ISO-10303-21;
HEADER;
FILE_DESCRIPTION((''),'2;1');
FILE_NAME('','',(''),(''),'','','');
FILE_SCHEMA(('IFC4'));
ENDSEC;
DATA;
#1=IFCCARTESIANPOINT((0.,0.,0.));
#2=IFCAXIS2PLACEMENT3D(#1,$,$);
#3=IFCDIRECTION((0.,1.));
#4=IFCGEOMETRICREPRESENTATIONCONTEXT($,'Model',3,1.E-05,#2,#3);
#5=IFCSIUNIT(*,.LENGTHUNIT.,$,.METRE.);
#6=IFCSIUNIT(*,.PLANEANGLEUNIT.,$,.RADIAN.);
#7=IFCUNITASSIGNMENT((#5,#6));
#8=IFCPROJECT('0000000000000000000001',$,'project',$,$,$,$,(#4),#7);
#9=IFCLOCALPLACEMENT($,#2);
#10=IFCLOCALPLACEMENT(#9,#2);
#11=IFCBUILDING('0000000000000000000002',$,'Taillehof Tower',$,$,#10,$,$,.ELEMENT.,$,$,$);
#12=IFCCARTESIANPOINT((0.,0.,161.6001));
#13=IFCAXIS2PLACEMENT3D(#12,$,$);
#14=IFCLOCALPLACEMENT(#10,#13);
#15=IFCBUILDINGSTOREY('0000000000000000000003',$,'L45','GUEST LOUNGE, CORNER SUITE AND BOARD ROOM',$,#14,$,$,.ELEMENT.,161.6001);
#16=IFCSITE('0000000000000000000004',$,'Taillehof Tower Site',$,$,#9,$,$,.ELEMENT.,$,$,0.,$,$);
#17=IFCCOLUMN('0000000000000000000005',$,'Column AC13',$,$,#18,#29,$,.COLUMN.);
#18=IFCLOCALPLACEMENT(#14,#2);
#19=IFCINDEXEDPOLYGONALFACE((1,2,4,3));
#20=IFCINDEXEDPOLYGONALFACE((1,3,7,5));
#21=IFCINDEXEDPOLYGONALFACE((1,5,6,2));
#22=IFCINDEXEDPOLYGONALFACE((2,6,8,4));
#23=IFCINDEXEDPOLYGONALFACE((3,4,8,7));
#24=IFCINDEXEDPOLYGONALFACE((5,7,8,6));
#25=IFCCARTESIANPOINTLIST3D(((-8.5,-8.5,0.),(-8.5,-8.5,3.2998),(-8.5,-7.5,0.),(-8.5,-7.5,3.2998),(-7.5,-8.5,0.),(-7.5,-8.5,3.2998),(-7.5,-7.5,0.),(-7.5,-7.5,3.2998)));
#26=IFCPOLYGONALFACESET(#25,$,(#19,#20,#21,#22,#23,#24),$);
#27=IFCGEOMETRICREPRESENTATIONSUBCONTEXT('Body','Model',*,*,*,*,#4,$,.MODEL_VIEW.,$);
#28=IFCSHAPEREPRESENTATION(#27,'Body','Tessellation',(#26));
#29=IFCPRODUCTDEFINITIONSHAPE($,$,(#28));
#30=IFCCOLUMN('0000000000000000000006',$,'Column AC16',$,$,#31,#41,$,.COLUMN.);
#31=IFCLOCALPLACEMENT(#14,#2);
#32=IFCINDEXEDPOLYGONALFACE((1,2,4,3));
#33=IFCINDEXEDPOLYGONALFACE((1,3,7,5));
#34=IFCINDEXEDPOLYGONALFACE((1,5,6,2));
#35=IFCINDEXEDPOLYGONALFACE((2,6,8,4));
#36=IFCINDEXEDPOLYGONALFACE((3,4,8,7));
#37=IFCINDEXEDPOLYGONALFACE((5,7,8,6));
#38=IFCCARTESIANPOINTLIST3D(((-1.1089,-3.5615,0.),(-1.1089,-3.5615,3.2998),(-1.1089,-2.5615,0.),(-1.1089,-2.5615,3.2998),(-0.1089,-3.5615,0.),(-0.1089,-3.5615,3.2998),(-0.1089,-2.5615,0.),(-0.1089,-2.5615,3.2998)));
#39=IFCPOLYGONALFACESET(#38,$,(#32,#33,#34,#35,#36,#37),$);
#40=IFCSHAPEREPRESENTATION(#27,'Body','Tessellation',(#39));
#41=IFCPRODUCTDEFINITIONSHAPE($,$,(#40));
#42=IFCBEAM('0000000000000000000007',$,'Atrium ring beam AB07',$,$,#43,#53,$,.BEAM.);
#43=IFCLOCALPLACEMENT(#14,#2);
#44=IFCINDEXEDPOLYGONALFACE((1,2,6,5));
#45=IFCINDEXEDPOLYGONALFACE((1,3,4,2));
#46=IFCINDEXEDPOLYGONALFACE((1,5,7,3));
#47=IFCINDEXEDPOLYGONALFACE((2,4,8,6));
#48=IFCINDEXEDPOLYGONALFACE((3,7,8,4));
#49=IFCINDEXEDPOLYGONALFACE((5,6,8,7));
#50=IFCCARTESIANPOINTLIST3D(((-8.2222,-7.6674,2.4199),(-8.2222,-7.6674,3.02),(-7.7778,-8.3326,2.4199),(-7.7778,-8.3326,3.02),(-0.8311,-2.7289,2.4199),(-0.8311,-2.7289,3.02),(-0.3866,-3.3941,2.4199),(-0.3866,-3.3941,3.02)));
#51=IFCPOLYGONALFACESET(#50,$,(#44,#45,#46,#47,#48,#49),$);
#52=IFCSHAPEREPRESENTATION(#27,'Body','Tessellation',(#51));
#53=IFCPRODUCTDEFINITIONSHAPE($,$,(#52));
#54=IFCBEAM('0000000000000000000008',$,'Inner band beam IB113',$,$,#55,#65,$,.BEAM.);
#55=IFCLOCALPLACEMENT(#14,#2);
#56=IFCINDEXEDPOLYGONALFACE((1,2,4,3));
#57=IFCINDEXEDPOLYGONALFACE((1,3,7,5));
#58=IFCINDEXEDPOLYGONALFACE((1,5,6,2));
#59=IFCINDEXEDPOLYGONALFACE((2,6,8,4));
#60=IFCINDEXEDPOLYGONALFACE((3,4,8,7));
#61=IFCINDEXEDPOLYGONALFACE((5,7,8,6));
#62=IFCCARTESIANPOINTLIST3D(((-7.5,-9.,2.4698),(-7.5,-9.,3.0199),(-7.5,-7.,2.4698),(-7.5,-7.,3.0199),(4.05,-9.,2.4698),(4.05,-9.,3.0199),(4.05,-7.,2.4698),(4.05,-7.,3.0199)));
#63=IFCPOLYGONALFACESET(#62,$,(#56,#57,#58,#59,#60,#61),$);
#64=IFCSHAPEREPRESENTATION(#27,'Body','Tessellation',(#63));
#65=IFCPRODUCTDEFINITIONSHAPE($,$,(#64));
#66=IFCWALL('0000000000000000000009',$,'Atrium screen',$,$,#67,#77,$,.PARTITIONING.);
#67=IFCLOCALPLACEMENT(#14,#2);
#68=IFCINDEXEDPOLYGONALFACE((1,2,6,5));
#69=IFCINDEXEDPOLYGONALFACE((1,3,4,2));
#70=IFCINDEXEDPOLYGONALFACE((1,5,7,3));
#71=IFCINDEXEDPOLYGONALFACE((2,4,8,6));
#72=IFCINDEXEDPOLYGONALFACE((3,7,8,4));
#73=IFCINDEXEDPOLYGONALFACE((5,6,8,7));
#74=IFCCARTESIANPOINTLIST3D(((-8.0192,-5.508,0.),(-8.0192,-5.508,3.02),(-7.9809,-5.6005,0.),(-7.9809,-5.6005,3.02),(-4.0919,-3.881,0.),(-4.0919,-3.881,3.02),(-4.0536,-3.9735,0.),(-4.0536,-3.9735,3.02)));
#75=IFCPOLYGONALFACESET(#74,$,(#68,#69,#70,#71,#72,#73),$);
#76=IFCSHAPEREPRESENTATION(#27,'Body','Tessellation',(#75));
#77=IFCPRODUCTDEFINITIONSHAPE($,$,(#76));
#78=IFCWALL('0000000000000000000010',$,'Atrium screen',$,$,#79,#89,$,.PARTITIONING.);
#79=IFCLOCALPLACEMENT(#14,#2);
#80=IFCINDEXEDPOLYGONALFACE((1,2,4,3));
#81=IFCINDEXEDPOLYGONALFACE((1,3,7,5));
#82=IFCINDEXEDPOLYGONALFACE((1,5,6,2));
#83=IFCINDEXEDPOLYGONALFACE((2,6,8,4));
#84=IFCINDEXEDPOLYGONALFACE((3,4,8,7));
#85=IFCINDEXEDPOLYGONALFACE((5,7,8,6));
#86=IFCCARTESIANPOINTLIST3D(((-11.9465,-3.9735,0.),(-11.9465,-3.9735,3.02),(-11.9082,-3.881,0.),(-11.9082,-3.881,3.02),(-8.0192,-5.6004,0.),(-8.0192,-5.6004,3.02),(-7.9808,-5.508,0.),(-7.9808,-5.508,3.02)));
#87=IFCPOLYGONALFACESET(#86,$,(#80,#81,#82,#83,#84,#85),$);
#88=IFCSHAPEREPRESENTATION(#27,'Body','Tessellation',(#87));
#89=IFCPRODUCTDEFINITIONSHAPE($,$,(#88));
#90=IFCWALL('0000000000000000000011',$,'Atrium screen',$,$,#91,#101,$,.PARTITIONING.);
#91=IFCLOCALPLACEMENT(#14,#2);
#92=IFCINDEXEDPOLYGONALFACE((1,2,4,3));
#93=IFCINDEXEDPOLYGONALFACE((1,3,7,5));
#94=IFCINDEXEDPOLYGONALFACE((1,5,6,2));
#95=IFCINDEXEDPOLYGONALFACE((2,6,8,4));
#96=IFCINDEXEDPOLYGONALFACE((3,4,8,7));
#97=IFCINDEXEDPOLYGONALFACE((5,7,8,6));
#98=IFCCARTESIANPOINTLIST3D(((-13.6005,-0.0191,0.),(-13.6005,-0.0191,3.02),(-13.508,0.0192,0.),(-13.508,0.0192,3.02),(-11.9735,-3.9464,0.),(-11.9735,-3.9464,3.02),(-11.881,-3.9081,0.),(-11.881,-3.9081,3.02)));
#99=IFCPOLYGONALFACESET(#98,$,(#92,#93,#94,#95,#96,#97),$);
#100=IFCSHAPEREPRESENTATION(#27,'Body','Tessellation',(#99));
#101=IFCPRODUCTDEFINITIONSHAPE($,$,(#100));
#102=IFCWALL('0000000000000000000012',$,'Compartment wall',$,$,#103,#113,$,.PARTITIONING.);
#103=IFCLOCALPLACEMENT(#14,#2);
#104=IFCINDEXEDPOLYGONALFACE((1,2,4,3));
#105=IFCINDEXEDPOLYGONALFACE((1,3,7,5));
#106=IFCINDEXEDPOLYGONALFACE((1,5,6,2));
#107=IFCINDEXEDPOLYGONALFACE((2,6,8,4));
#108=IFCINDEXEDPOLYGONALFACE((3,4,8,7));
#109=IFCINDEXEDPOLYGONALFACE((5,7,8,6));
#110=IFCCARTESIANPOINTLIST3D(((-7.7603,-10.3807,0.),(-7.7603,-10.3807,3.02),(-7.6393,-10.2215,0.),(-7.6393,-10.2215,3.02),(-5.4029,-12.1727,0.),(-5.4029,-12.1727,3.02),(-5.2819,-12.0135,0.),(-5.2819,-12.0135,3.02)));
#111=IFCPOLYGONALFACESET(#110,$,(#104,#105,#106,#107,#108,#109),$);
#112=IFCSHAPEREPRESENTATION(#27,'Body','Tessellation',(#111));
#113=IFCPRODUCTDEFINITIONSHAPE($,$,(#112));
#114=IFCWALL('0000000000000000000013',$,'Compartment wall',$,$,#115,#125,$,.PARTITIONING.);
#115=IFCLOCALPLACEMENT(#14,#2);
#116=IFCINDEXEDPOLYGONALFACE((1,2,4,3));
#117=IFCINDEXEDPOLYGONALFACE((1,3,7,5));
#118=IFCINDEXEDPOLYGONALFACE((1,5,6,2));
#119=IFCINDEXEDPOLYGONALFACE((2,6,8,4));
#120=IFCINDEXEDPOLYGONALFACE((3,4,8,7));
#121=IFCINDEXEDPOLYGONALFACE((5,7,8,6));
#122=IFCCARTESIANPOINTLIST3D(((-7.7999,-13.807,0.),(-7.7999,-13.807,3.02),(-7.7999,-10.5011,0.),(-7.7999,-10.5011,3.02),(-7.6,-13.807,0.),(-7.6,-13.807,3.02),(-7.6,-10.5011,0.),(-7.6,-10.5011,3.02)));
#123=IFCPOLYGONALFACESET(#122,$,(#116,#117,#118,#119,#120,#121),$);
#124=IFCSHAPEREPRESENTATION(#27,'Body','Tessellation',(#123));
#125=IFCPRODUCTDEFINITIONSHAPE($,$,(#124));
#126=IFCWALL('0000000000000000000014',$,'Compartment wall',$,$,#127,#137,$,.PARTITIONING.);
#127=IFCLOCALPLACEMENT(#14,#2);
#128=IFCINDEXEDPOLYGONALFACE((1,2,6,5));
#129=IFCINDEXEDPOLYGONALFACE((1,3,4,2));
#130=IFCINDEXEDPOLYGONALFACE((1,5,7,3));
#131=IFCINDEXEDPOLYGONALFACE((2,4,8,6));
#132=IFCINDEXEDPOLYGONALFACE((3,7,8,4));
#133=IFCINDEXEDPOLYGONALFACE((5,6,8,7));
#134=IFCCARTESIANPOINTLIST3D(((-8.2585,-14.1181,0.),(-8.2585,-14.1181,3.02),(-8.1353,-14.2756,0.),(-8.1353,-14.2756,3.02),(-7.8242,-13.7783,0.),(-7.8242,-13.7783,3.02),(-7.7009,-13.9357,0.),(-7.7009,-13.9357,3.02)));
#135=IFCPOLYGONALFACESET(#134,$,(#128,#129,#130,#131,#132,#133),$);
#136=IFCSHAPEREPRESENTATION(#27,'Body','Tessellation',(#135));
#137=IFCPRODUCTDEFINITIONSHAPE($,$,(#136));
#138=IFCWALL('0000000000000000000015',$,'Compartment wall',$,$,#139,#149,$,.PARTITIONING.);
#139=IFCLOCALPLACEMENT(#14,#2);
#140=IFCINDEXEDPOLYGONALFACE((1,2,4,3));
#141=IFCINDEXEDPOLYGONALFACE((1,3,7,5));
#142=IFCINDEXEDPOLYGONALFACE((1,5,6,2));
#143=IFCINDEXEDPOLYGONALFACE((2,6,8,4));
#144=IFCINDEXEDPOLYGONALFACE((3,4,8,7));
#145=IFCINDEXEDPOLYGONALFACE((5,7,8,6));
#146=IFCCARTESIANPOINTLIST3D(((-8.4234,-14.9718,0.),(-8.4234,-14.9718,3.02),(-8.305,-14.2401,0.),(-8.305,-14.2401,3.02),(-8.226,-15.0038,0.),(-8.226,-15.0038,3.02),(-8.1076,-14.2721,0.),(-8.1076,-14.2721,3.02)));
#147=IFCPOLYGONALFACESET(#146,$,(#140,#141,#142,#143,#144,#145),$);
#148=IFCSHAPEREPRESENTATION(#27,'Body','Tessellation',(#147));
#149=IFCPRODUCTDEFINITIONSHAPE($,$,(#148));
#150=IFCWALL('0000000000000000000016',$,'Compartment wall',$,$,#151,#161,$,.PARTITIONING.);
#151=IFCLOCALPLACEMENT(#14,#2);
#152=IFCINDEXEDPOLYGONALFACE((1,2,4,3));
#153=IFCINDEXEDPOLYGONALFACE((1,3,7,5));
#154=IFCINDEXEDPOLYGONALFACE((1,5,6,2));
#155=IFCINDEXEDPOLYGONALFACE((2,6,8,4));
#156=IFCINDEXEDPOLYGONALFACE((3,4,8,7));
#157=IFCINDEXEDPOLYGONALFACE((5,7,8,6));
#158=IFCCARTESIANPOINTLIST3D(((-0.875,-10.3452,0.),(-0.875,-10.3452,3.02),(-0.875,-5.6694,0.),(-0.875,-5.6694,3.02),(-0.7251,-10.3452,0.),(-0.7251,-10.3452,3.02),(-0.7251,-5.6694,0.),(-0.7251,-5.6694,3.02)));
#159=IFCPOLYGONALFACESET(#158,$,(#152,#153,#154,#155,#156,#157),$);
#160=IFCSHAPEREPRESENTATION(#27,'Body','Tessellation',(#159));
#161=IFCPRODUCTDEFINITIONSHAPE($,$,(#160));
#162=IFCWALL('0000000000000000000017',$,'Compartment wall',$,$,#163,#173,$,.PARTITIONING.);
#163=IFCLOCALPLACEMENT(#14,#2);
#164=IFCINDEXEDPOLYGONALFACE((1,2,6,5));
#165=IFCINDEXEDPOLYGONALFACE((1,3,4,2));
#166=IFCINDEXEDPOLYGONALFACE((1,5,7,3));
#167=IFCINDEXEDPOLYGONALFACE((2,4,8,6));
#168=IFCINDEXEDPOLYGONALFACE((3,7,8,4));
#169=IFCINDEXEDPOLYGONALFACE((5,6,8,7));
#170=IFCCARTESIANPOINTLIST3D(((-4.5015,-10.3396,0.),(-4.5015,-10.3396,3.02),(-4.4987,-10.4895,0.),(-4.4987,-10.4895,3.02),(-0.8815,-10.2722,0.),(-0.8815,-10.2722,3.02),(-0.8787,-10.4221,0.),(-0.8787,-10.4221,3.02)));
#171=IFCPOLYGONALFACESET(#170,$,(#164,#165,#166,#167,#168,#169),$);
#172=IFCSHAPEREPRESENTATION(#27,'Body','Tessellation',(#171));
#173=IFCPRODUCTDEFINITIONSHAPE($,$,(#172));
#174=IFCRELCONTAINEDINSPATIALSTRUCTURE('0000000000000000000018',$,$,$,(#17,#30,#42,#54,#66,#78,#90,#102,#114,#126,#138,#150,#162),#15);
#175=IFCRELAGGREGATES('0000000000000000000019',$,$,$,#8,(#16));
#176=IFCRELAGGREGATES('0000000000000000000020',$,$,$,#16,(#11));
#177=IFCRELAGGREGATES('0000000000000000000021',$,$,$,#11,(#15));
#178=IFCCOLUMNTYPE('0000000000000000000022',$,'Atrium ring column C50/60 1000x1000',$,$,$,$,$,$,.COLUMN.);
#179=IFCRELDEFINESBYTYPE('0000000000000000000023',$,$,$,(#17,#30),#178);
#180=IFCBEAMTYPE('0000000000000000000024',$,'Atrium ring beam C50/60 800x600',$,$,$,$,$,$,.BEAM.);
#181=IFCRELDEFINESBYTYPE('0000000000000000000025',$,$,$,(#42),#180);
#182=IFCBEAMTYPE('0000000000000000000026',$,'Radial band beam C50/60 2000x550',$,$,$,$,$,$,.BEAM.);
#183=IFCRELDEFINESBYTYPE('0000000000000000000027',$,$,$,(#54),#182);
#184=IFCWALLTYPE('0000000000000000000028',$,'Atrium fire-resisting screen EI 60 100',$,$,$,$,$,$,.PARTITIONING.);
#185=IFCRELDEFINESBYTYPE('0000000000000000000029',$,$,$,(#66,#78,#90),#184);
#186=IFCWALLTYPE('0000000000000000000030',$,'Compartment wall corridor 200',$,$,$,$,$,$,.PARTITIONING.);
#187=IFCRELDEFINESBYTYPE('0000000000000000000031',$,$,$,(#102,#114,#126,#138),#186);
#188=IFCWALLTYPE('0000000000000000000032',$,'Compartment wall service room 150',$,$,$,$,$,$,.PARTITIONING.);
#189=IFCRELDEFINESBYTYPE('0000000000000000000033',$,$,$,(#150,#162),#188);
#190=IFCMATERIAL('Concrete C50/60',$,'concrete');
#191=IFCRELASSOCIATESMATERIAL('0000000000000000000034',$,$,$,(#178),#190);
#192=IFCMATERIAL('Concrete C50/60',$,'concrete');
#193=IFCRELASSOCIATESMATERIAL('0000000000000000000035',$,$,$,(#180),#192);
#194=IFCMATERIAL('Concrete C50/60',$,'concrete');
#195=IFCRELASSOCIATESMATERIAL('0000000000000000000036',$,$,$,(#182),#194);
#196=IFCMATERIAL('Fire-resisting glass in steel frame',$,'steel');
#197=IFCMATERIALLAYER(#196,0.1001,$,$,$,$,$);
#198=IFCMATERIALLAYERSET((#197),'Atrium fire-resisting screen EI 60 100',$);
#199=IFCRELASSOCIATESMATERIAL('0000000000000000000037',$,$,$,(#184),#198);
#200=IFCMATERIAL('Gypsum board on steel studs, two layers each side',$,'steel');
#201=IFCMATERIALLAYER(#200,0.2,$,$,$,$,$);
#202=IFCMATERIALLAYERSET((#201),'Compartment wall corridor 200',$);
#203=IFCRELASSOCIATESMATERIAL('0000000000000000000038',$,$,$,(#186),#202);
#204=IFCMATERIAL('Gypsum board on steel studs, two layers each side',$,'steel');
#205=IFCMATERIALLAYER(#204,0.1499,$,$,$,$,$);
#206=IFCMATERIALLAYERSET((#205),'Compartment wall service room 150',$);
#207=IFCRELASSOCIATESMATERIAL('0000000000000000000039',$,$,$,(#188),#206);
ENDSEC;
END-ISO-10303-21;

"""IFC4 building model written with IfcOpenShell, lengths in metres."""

from ifc_helpers import new_model, si_unit, direction, frame, frame_2d, origin, origin_2d, place, context, subcontext, project, spatial, rectangle, extrude, material, layer, layer_set, material_profile, profile_set, type_object, element, save


model = new_model("IFC4")

# Units and contexts
model_context = context("Model", 3, precision=1e-05, world=origin(), true_north=direction((0.0, 1.0)))
body_context = subcontext(model_context, "Body", "Model", "MODEL_VIEW")
ifc_project = project(units=[si_unit("LENGTHUNIT", "METRE"), si_unit("PLANEANGLEUNIT", "RADIAN")], contexts=[model_context])

# Site, building, storey
site_placement = place(None, origin())
site = spatial("IfcSite", under=ifc_project, at=site_placement, Name="Taillehof Tower Site", CompositionType="ELEMENT", RefElevation=0.0)
building_placement = place(site_placement, origin())
building = spatial("IfcBuilding", under=site, at=building_placement, Name="Taillehof Tower", CompositionType="ELEMENT")
storey_placement = place(building_placement, frame((0.0, 0.0, 161.6001)))
storey = spatial("IfcBuildingStorey", under=building, at=storey_placement, Name="L45", Description="GUEST LOUNGE, CORNER SUITE AND BOARD ROOM", CompositionType="ELEMENT", Elevation=161.6001)

# Columns
ifc_material_1 = material(Name="Concrete C50/60", Category="concrete")
ifc_material_profile_1 = material_profile(ifc_material_1, rectangle(XDim=1.0, YDim=1.0, at=origin_2d()), Name="RC 1000x1000")
ifc_profile_set_1 = profile_set([ifc_material_profile_1], Name="Concrete C50/60")
column_type = type_object("IfcColumnType", Name="Atrium ring column C50/60 1000x1000", PredefinedType="COLUMN", material=ifc_profile_set_1)
for number, where, z_axis, x_axis, name in (
    (1, (-8.0, -8.0, 0.0), (0.0, 0.0, 1.0), (1.0, 0.0, 0.0), "Column AC13"),
    (2, (-0.6089, -3.0615, 0.0), (0.0, 0.0, 1.0), (1.0, 0.0, 0.0), "Column AC16"),
):
    element("IfcColumn", number, at=place(storey_placement, frame(where, z_axis=z_axis, x_axis=x_axis)), inside=storey, type_object=column_type, Name=name, PredefinedType="COLUMN", context=body_context, shape_type="SweptSolid", body=[
        extrude(rectangle(XDim=1.0, YDim=1.0, at=origin_2d()), origin(), (0.0, 0.0, 1.0), 3.2998),
    ])

# Beams
ifc_material_2 = material(Name="Concrete C50/60", Category="concrete")
ifc_material_profile_2 = material_profile(ifc_material_2, rectangle(XDim=0.8, YDim=0.6001, at=origin_2d()), Name="RC 800x600")
ifc_profile_set_2 = profile_set([ifc_material_profile_2], Name="Concrete C50/60")
beam_type_1 = type_object("IfcBeamType", Name="Atrium ring beam C50/60 800x600", PredefinedType="BEAM", material=ifc_profile_set_2)
beam_1_placement = place(storey_placement, frame((-8.0, -8.0, 2.72), z_axis=(0.831475, 0.555562, 0.0), x_axis=(-0.555562, 0.831475, 0.0)))
element("IfcBeam", 3, at=beam_1_placement, inside=storey, type_object=beam_type_1, Name="Atrium ring beam AB07", PredefinedType="BEAM", context=body_context, shape_type="SweptSolid", body=[
    extrude(rectangle(XDim=0.8, YDim=0.6001, at=origin_2d()), origin(), (0.0, 0.0, 1.0), 8.8892),
])
ifc_material_3 = material(Name="Concrete C50/60", Category="concrete")
ifc_material_profile_3 = material_profile(ifc_material_3, rectangle(XDim=2.0, YDim=0.55, at=origin_2d()), Name="RC 2000x550")
ifc_profile_set_3 = profile_set([ifc_material_profile_3], Name="Concrete C50/60")
beam_type_2 = type_object("IfcBeamType", Name="Radial band beam C50/60 2000x550", PredefinedType="BEAM", material=ifc_profile_set_3)
beam_2_placement = place(storey_placement, frame((-7.5, -8.0, 2.7449), z_axis=(1.0, 0.0, 0.0), x_axis=(0.0, 1.0, 0.0)))
element("IfcBeam", 4, at=beam_2_placement, inside=storey, type_object=beam_type_2, Name="Inner band beam IB113", PredefinedType="BEAM", context=body_context, shape_type="SweptSolid", body=[
    extrude(rectangle(XDim=2.0, YDim=0.55, at=origin_2d()), origin(), (0.0, 0.0, 1.0), 11.55),
])

# Walls
ifc_material_4 = material(Name="Fire-resisting glass in steel frame", Category="steel")
ifc_layer_1 = layer(ifc_material_4, 0.1001)
ifc_layer_set_1 = layer_set([ifc_layer_1], Name="Atrium fire-resisting screen EI 60 100")
wall_type_1 = type_object("IfcWallType", Name="Atrium fire-resisting screen EI 60 100", PredefinedType="PARTITIONING", material=ifc_layer_set_1)
for number, where, z_axis, x_axis, name in (
    (5, (-4.0728, -3.9272, 0.0), (0.0, 0.0, 1.0), (-0.92386, -0.382731, 0.0), "Atrium screen"),
    (6, (-8.0, -5.5542, 0.0), (0.0, 0.0, 1.0), (-0.92386, 0.382731, 0.0), "Atrium screen"),
    (7, (-11.9272, -3.9272, 0.0), (0.0, 0.0, 1.0), (-0.382731, 0.92386, 0.0), "Atrium screen"),
):
    element("IfcWall", number, at=place(storey_placement, frame(where, z_axis=z_axis, x_axis=x_axis)), inside=storey, type_object=wall_type_1, Name=name, PredefinedType="PARTITIONING", context=body_context, shape_type="SweptSolid", body=[
        extrude(rectangle(XDim=4.251, YDim=0.1001, at=frame_2d((2.1255, 0.0))), origin(), (0.0, 0.0, 1.0), 3.02),
    ])
ifc_material_5 = material(Name="Gypsum board on steel studs, two layers each side", Category="steel")
ifc_layer_2 = layer(ifc_material_5, 0.2)
ifc_layer_set_2 = layer_set([ifc_layer_2], Name="Compartment wall corridor 200")
wall_type_2 = type_object("IfcWallType", Name="Compartment wall corridor 200", PredefinedType="PARTITIONING", material=ifc_layer_set_2)
wall_1_placement = place(storey_placement, frame((-5.3425, -12.093, 0.0), z_axis=(0.0, 0.0, 1.0), x_axis=(-0.796105, 0.605159, 0.0)))
element("IfcWall", 8, at=wall_1_placement, inside=storey, type_object=wall_type_2, Name="Compartment wall", PredefinedType="PARTITIONING", context=body_context, shape_type="SweptSolid", body=[
    extrude(rectangle(XDim=2.9612, YDim=0.2, at=frame_2d((1.4805, 0.0))), origin(), (0.0, 0.0, 1.0), 3.02),
])
wall_2_placement = place(storey_placement, frame((-7.7, -10.5012, 0.0), z_axis=(0.0, 0.0, 1.0), x_axis=(0.0, -1.0, 0.0)))
element("IfcWall", 9, at=wall_2_placement, inside=storey, type_object=wall_type_2, Name="Compartment wall", PredefinedType="PARTITIONING", context=body_context, shape_type="SweptSolid", body=[
    extrude(rectangle(XDim=3.3059, YDim=0.2, at=frame_2d((1.6528, 0.0))), origin(), (0.0, 0.0, 1.0), 3.02),
])
wall_3_placement = place(storey_placement, frame((-7.7625, -13.8569, 0.0), z_axis=(0.0, 0.0, 1.0), x_axis=(-0.787561, -0.616237, 0.0)))
element("IfcWall", 10, at=wall_3_placement, inside=storey, type_object=wall_type_2, Name="Compartment wall", PredefinedType="PARTITIONING", context=body_context, shape_type="SweptSolid", body=[
    extrude(rectangle(XDim=0.5515, YDim=0.2, at=frame_2d((0.2759, 0.0))), origin(), (0.0, 0.0, 1.0), 3.02),
])
wall_4_placement = place(storey_placement, frame((-8.2063, -14.2561, 0.0), z_axis=(0.0, 0.0, 1.0), x_axis=(-0.15975, -0.987157, 0.0)))
element("IfcWall", 11, at=wall_4_placement, inside=storey, type_object=wall_type_2, Name="Compartment wall", PredefinedType="PARTITIONING", context=body_context, shape_type="SweptSolid", body=[
    extrude(rectangle(XDim=0.7412, YDim=0.2, at=frame_2d((0.3706, 0.0))), origin(), (0.0, 0.0, 1.0), 3.02),
])
ifc_material_6 = material(Name="Gypsum board on steel studs, two layers each side", Category="steel")
ifc_layer_3 = layer(ifc_material_6, 0.1499)
ifc_layer_set_3 = layer_set([ifc_layer_3], Name="Compartment wall service room 150")
wall_type_3 = type_object("IfcWallType", Name="Compartment wall service room 150", PredefinedType="PARTITIONING", material=ifc_layer_set_3)
wall_5_placement = place(storey_placement, frame((-0.8, -5.6694, 0.0), z_axis=(0.0, 0.0, 1.0), x_axis=(0.0, -1.0, 0.0)))
element("IfcWall", 12, at=wall_5_placement, inside=storey, type_object=wall_type_3, Name="Compartment wall", PredefinedType="PARTITIONING", context=body_context, shape_type="SweptSolid", body=[
    extrude(rectangle(XDim=4.6758, YDim=0.1499, at=frame_2d((2.3379, 0.0))), origin(), (0.0, 0.0, 1.0), 3.02),
])
wall_6_placement = place(storey_placement, frame((-0.8801, -10.3472, 0.0), z_axis=(0.0, 0.0, 1.0), x_axis=(-0.999827, -0.018611, 0.0)))
element("IfcWall", 13, at=wall_6_placement, inside=storey, type_object=wall_type_3, Name="Compartment wall", PredefinedType="PARTITIONING", context=body_context, shape_type="SweptSolid", body=[
    extrude(rectangle(XDim=3.6206, YDim=0.1499, at=frame_2d((1.8103, 0.0))), origin(), (0.0, 0.0, 1.0), 3.02),
])

save(model, "model.ifc")
